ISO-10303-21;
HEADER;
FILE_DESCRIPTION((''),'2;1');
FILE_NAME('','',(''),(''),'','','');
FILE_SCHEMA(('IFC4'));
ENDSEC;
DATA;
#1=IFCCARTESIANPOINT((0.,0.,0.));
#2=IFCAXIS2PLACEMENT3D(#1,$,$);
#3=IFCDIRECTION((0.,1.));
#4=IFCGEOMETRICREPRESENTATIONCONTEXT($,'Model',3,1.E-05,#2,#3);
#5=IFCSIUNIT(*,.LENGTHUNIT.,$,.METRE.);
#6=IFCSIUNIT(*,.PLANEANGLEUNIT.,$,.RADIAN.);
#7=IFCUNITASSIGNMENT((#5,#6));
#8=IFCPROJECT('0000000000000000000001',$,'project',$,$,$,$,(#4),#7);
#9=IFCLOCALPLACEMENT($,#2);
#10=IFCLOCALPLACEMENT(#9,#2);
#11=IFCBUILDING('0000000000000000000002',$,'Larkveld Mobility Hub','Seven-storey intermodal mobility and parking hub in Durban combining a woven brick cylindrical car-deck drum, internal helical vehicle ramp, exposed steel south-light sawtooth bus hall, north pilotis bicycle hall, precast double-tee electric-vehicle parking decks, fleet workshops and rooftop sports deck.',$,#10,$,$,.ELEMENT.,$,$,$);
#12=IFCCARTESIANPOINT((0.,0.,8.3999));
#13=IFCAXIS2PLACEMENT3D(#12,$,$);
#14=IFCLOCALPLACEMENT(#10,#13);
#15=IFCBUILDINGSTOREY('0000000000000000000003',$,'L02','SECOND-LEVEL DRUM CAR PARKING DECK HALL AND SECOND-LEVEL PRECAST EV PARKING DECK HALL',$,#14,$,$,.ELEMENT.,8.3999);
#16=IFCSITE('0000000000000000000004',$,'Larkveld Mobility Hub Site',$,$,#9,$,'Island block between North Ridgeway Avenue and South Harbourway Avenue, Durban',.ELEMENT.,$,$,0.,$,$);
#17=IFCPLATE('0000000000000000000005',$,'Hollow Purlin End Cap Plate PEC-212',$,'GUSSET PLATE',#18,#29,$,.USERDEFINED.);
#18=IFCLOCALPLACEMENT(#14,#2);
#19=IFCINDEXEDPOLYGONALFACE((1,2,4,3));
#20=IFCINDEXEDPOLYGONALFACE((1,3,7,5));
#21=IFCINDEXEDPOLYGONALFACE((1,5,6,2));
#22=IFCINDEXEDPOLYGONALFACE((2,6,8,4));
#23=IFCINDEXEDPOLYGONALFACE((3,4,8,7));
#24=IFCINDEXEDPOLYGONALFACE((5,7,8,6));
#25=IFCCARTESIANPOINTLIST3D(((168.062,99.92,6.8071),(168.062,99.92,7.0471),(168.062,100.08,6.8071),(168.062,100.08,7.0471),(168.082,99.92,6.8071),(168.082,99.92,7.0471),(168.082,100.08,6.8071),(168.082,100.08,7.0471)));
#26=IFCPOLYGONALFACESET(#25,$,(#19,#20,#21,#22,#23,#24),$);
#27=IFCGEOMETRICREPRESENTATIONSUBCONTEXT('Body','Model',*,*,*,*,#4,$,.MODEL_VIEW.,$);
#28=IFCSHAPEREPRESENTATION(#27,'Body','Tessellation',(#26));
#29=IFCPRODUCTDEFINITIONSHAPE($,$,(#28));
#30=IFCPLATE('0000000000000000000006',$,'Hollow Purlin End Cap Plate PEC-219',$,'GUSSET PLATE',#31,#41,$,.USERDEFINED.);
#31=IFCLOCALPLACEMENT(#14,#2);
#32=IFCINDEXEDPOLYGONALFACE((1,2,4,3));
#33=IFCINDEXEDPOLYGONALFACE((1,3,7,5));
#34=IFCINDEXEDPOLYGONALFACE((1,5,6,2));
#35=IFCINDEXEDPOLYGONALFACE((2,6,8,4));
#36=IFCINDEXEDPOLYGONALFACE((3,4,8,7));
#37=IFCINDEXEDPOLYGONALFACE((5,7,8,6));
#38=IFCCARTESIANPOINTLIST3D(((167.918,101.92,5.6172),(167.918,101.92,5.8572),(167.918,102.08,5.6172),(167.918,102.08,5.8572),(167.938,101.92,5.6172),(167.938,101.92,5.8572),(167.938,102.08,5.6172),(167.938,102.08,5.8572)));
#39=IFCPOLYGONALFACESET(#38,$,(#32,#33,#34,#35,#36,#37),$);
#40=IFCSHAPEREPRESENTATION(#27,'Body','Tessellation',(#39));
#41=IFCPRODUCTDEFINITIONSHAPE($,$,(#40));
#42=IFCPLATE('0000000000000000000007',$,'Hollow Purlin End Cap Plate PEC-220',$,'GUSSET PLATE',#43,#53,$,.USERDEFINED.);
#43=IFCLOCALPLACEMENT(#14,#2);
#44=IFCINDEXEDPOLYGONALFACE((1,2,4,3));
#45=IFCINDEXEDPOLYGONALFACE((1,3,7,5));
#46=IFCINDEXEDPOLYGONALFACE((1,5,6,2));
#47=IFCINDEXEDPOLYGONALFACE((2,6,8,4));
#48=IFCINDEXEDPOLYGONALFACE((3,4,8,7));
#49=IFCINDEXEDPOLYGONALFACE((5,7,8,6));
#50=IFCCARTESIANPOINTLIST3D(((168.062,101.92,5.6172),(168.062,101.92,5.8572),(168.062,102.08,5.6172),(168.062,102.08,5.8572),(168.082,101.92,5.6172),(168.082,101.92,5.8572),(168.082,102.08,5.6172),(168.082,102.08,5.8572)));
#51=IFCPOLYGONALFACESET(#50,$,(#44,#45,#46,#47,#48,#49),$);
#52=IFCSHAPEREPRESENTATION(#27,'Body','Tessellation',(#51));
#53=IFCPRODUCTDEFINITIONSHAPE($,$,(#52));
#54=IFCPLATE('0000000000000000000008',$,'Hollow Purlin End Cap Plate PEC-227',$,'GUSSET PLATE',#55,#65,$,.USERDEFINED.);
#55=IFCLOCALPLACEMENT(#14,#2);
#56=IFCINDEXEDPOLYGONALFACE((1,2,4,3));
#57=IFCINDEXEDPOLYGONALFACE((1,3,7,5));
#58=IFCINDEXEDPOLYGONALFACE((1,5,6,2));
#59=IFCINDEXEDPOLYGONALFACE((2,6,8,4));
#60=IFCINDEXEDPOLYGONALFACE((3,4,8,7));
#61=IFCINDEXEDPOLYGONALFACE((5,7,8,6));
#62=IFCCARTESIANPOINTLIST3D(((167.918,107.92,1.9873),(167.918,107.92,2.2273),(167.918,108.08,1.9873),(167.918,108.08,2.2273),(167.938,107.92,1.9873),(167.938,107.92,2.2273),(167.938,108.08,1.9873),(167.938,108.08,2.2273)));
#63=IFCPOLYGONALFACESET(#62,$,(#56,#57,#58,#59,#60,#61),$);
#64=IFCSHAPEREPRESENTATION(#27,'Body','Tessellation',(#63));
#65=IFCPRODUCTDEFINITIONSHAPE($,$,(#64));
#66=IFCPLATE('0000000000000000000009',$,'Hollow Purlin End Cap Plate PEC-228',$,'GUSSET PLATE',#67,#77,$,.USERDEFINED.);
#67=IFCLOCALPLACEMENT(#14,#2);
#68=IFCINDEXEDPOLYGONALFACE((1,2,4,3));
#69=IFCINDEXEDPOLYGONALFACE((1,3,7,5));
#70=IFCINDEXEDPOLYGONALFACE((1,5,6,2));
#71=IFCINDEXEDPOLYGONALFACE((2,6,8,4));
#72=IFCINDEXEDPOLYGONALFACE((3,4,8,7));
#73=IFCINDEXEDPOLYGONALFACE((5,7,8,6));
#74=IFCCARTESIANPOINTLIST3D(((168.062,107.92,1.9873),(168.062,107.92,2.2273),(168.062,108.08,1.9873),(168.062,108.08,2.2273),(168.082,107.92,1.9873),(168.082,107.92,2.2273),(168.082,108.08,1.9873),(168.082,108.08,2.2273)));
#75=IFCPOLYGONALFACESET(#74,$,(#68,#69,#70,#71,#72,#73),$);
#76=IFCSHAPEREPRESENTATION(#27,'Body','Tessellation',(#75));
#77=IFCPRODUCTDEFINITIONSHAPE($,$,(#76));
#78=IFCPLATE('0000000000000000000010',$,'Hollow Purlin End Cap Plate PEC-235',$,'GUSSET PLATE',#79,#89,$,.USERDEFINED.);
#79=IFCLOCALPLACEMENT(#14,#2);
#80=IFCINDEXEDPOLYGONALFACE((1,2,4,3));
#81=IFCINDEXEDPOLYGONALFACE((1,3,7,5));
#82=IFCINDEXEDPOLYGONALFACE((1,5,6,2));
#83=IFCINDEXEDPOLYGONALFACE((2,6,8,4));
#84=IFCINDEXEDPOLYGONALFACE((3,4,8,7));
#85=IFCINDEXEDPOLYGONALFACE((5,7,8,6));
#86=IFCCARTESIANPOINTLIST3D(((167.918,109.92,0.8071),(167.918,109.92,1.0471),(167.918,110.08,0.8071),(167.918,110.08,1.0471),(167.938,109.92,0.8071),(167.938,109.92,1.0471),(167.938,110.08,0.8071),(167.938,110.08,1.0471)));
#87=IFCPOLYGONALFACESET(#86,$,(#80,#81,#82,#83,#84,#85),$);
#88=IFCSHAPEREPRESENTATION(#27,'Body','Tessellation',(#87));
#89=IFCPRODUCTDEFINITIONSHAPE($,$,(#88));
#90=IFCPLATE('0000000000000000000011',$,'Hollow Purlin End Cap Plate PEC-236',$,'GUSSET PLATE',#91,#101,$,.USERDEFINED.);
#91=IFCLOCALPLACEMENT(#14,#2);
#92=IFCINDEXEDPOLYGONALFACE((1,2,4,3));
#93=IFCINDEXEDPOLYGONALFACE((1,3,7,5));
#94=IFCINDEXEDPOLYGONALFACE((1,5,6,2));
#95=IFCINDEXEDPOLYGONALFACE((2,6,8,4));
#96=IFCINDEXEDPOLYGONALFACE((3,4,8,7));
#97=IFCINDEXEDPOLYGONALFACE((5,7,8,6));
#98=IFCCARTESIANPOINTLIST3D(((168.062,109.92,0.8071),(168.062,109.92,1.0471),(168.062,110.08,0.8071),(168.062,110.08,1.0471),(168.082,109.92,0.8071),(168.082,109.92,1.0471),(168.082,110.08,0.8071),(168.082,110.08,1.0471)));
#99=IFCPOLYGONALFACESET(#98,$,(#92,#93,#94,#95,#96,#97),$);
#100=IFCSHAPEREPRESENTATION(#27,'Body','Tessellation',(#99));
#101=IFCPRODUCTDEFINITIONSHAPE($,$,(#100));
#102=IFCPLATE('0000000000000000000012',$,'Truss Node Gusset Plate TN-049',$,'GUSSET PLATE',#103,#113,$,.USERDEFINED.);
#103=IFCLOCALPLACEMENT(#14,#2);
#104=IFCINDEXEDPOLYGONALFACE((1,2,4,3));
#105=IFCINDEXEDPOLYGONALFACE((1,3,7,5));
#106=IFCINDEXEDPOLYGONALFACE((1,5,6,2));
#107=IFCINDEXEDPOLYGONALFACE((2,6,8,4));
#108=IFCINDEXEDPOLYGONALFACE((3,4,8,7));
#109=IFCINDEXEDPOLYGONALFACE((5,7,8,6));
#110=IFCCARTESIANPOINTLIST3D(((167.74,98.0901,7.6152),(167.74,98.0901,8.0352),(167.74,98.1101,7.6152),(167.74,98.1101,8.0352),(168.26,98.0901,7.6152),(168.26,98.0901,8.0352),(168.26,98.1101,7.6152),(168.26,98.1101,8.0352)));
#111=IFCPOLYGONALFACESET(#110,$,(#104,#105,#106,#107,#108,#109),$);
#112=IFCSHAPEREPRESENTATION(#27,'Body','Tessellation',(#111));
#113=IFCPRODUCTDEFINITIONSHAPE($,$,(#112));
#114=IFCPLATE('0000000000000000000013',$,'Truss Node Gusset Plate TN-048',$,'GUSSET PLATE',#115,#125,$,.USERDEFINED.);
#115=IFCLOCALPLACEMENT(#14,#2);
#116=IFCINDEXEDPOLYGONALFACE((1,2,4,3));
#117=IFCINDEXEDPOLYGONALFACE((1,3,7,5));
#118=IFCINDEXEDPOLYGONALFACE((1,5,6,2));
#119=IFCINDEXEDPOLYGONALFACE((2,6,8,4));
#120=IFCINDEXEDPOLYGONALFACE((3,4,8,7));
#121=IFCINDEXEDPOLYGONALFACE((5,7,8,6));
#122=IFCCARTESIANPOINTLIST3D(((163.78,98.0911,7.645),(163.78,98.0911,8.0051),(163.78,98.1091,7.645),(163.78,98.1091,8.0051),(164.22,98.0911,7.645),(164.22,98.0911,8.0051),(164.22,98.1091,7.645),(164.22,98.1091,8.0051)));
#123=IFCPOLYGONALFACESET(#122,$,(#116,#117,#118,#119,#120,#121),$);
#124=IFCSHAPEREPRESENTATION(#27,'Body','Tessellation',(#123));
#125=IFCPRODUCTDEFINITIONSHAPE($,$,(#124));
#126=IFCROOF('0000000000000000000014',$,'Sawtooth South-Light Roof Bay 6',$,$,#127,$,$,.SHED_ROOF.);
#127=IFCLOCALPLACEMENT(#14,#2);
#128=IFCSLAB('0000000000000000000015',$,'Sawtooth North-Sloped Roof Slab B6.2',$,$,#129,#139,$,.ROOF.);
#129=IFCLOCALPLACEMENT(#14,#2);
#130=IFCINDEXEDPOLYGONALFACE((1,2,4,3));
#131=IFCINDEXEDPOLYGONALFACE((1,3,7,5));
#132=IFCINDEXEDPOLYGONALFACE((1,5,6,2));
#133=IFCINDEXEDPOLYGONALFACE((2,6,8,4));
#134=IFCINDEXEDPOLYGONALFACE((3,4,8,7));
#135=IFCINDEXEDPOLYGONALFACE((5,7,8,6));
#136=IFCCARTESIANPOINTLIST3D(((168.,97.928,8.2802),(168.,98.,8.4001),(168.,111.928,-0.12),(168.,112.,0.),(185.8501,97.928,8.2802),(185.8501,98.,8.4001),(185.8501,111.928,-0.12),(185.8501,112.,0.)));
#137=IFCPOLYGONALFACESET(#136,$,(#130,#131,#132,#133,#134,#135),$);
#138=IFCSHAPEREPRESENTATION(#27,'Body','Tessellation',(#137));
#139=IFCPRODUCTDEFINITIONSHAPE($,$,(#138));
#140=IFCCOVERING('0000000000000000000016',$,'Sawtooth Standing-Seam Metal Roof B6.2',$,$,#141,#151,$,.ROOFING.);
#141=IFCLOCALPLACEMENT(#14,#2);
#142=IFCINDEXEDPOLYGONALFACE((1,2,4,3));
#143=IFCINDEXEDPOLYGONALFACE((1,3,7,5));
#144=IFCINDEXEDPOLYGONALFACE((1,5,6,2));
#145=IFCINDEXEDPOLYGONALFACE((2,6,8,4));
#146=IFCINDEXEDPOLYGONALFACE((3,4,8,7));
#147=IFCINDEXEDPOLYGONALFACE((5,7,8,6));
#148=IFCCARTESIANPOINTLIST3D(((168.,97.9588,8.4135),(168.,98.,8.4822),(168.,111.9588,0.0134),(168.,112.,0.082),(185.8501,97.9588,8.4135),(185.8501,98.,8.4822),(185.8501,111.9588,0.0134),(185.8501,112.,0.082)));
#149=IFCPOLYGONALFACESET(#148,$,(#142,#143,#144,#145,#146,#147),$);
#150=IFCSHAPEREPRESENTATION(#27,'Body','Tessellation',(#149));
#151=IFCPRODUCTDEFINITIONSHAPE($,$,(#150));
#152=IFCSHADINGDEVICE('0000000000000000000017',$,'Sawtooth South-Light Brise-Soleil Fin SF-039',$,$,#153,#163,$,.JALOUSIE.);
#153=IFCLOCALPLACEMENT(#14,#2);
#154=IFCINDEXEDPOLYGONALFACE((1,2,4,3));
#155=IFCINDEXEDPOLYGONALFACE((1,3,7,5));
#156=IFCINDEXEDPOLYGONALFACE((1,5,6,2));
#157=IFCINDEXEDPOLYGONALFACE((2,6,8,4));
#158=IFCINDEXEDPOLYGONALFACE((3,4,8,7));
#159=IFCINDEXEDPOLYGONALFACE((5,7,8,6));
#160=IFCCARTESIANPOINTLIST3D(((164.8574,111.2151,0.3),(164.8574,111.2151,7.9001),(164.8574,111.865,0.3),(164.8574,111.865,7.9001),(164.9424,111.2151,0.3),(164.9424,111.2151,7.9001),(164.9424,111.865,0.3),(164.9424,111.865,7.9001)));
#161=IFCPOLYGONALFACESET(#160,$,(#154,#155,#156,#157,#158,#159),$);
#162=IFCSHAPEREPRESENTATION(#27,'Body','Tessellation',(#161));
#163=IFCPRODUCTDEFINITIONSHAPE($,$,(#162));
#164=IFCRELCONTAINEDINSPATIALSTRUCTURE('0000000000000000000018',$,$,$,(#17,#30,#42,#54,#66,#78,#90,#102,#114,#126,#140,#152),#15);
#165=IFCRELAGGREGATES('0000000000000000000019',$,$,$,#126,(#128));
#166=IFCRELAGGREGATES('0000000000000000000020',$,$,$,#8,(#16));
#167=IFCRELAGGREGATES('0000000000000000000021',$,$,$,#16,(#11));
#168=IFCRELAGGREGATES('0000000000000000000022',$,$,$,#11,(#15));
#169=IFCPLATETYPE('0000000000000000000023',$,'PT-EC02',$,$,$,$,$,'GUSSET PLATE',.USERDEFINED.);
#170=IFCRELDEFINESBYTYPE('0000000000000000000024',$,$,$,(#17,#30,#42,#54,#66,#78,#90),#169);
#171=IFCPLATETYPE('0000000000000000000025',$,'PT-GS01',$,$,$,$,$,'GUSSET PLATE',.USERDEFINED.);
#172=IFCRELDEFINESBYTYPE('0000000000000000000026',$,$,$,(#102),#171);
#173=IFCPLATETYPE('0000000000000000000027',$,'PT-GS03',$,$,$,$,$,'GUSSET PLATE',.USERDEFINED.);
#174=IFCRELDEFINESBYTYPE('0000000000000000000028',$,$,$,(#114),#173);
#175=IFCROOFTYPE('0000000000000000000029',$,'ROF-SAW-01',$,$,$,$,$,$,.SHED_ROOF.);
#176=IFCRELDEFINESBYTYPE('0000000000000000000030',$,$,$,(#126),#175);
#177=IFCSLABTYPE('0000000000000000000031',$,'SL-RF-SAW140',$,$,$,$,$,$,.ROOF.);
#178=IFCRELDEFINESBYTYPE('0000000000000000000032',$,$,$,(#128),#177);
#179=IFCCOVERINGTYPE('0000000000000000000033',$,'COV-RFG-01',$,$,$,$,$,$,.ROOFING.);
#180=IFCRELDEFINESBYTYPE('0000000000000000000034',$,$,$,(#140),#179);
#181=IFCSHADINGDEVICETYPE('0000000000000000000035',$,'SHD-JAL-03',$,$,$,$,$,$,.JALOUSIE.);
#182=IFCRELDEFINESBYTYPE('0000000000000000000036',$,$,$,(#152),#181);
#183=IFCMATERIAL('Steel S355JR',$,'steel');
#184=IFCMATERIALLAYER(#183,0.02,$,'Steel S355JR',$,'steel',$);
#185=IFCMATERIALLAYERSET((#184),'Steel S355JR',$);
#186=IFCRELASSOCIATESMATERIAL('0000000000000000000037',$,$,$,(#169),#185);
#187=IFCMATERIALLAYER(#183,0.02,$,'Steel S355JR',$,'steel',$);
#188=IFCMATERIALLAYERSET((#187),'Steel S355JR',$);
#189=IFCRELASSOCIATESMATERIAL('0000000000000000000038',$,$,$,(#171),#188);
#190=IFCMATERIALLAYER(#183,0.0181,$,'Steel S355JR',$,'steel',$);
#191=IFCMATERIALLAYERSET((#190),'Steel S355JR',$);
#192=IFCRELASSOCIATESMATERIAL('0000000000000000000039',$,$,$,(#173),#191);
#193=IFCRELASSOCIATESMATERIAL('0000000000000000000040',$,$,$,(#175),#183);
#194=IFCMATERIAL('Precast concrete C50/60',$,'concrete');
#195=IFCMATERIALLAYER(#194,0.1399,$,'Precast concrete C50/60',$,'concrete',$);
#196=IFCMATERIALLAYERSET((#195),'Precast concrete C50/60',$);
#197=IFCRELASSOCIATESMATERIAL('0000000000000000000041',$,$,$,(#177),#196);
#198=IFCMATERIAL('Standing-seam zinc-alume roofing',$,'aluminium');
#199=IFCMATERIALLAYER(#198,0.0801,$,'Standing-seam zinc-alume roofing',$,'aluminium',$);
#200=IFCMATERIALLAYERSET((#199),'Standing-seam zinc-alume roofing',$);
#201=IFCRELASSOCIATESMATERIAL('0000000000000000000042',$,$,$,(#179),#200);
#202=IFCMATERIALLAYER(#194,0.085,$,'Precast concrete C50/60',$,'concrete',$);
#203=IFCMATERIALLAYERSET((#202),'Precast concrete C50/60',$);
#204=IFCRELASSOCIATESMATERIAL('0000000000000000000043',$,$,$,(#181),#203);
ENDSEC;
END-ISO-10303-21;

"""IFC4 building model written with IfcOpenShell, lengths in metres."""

from ifc_helpers import new_model, si_unit, direction, frame, origin, origin_2d, place, context, subcontext, project, spatial, polyline, rectangle, outline, extrude, material, layer, layer_set, type_object, element, aggregate, save


model = new_model("IFC4")

# Units and contexts
model_context = context("Model", 3, precision=1e-05, world=origin(), true_north=direction((0.0, 1.0)))
body_context = subcontext(model_context, "Body", "Model", "MODEL_VIEW")
ifc_project = project(units=[si_unit("LENGTHUNIT", "METRE"), si_unit("PLANEANGLEUNIT", "RADIAN")], contexts=[model_context])

# Site, building, storey
site_placement = place(None, origin())
site = spatial("IfcSite", under=ifc_project, at=site_placement, Name="Larkveld Mobility Hub Site", LongName="Island block between North Ridgeway Avenue and South Harbourway Avenue, Durban", CompositionType="ELEMENT", RefElevation=0.0)
building_placement = place(site_placement, origin())
building = spatial("IfcBuilding", under=site, at=building_placement, Name="Larkveld Mobility Hub", Description="Seven-storey intermodal mobility and parking hub in Durban combining a woven brick cylindrical car-deck drum, internal helical vehicle ramp, exposed steel south-light sawtooth bus hall, north pilotis bicycle hall, precast double-tee electric-vehicle parking decks, fleet workshops and rooftop sports deck.", CompositionType="ELEMENT")
storey_placement = place(building_placement, frame((0.0, 0.0, 8.3999)))
storey = spatial("IfcBuildingStorey", under=building, at=storey_placement, Name="L02", Description="SECOND-LEVEL DRUM CAR PARKING DECK HALL AND SECOND-LEVEL PRECAST EV PARKING DECK HALL", CompositionType="ELEMENT", Elevation=8.3999)

# Shared definitions
ifc_material_1 = material(Name="Steel S355JR", Category="steel")

# Plates
ifc_layer_1 = layer(ifc_material_1, 0.02, Name="Steel S355JR", Category="steel")
ifc_layer_set_1 = layer_set([ifc_layer_1], Name="Steel S355JR")
plate_type_1 = type_object("IfcPlateType", Name="PT-EC02", ElementType="GUSSET PLATE", PredefinedType="USERDEFINED", material=ifc_layer_set_1)
for number, where, z_axis, x_axis, name in (
    (1, (168.072, 100.0, 6.8071), (0.0, 0.0, 1.0), (1.0, 0.0, 0.0), "Hollow Purlin End Cap Plate PEC-212"),
    (2, (167.928, 102.0, 5.6172), (0.0, 0.0, 1.0), (1.0, 0.0, 0.0), "Hollow Purlin End Cap Plate PEC-219"),
    (3, (168.072, 102.0, 5.6172), (0.0, 0.0, 1.0), (1.0, 0.0, 0.0), "Hollow Purlin End Cap Plate PEC-220"),
    (4, (167.928, 108.0, 1.9873), (0.0, 0.0, 1.0), (1.0, 0.0, 0.0), "Hollow Purlin End Cap Plate PEC-227"),
    (5, (168.072, 108.0, 1.9873), (0.0, 0.0, 1.0), (1.0, 0.0, 0.0), "Hollow Purlin End Cap Plate PEC-228"),
    (6, (167.928, 110.0, 0.8071), (0.0, 0.0, 1.0), (1.0, 0.0, 0.0), "Hollow Purlin End Cap Plate PEC-235"),
    (7, (168.072, 110.0, 0.8071), (0.0, 0.0, 1.0), (1.0, 0.0, 0.0), "Hollow Purlin End Cap Plate PEC-236"),
):
    element("IfcPlate", number, at=place(storey_placement, frame(where, z_axis=z_axis, x_axis=x_axis)), inside=storey, type_object=plate_type_1, Name=name, ObjectType="GUSSET PLATE", PredefinedType="USERDEFINED", context=body_context, shape_type="SweptSolid", body=[
        extrude(rectangle(XDim=0.02, YDim=0.1599, at=origin_2d()), origin(), (0.0, 0.0, 1.0), 0.24),
    ])
ifc_layer_2 = layer(ifc_material_1, 0.02, Name="Steel S355JR", Category="steel")
ifc_layer_set_2 = layer_set([ifc_layer_2], Name="Steel S355JR")
plate_type_2 = type_object("IfcPlateType", Name="PT-GS01", ElementType="GUSSET PLATE", PredefinedType="USERDEFINED", material=ifc_layer_set_2)
plate_1_placement = place(storey_placement, frame((168.0, 98.1001, 7.6152), z_axis=(0.0, 0.0, 1.0), x_axis=(1.0, 0.0, 0.0)))
element("IfcPlate", 8, at=plate_1_placement, inside=storey, type_object=plate_type_2, Name="Truss Node Gusset Plate TN-049", ObjectType="GUSSET PLATE", PredefinedType="USERDEFINED", context=body_context, shape_type="SweptSolid", body=[
    extrude(rectangle(XDim=0.52, YDim=0.02, at=origin_2d()), origin(), (0.0, 0.0, 1.0), 0.4199),
])
ifc_layer_3 = layer(ifc_material_1, 0.0181, Name="Steel S355JR", Category="steel")
ifc_layer_set_3 = layer_set([ifc_layer_3], Name="Steel S355JR")
plate_type_3 = type_object("IfcPlateType", Name="PT-GS03", ElementType="GUSSET PLATE", PredefinedType="USERDEFINED", material=ifc_layer_set_3)
plate_2_placement = place(storey_placement, frame((164.0, 98.1001, 7.645), z_axis=(0.0, 0.0, 1.0), x_axis=(1.0, 0.0, 0.0)))
element("IfcPlate", 9, at=plate_2_placement, inside=storey, type_object=plate_type_3, Name="Truss Node Gusset Plate TN-048", ObjectType="GUSSET PLATE", PredefinedType="USERDEFINED", context=body_context, shape_type="SweptSolid", body=[
    extrude(rectangle(XDim=0.4399, YDim=0.0181, at=origin_2d()), origin(), (0.0, 0.0, 1.0), 0.3601),
])

# Roof, slab
roof_type = type_object("IfcRoofType", Name="ROF-SAW-01", PredefinedType="SHED_ROOF", material=ifc_material_1)
roof_placement = place(storey_placement, origin())
roof = element("IfcRoof", 10, at=roof_placement, inside=storey, type_object=roof_type, Name="Sawtooth South-Light Roof Bay 6", PredefinedType="SHED_ROOF")
ifc_material_2 = material(Name="Precast concrete C50/60", Category="concrete")
ifc_layer_4 = layer(ifc_material_2, 0.1399, Name="Precast concrete C50/60", Category="concrete")
ifc_layer_set_4 = layer_set([ifc_layer_4], Name="Precast concrete C50/60")
slab_type = type_object("IfcSlabType", Name="SL-RF-SAW140", PredefinedType="ROOF", material=ifc_layer_set_4)
slab_placement = place(storey_placement, frame((168.0, 98.0, 8.4001), z_axis=(0.0, 0.514502, 0.857489), x_axis=(1.0, 0.0, 0.0)))
slab = element("IfcSlab", 11, at=slab_placement, type_object=slab_type, Name="Sawtooth North-Sloped Roof Slab B6.2", PredefinedType="ROOF", context=body_context, shape_type="SweptSolid", body=[
    extrude(outline(polyline([(0.0, 0.0), (17.8501, 0.0), (17.8501, 16.3267), (0.0, 16.3267), (0.0, 0.0)])), origin(), (0.0, 0.0, -1.0), 0.1399),
])
aggregate(roof, [slab])

# Covering
ifc_material_3 = material(Name="Standing-seam zinc-alume roofing", Category="aluminium")
ifc_layer_5 = layer(ifc_material_3, 0.0801, Name="Standing-seam zinc-alume roofing", Category="aluminium")
ifc_layer_set_5 = layer_set([ifc_layer_5], Name="Standing-seam zinc-alume roofing")
covering_type = type_object("IfcCoveringType", Name="COV-RFG-01", PredefinedType="ROOFING", material=ifc_layer_set_5)
covering_placement = place(storey_placement, frame((168.0, 98.0, 8.4822), z_axis=(0.0, 0.514502, 0.857489), x_axis=(1.0, 0.0, 0.0)))
element("IfcCovering", 12, at=covering_placement, inside=storey, type_object=covering_type, Name="Sawtooth Standing-Seam Metal Roof B6.2", PredefinedType="ROOFING", context=body_context, shape_type="SweptSolid", body=[
    extrude(outline(polyline([(0.0, 0.0), (17.8501, 0.0), (17.8501, 16.3267), (0.0, 16.3267), (0.0, 0.0)])), origin(), (0.0, 0.0, -1.0), 0.0801),
])

# Shading device
ifc_layer_6 = layer(ifc_material_2, 0.085, Name="Precast concrete C50/60", Category="concrete")
ifc_layer_set_6 = layer_set([ifc_layer_6], Name="Precast concrete C50/60")
shading_device_type = type_object("IfcShadingDeviceType", Name="SHD-JAL-03", PredefinedType="JALOUSIE", material=ifc_layer_set_6)
shading_device_placement = place(storey_placement, frame((164.8999, 111.54, 0.3), z_axis=(0.0, 0.0, 1.0), x_axis=(1.0, 0.0, 0.0)))
element("IfcShadingDevice", 13, at=shading_device_placement, inside=storey, type_object=shading_device_type, Name="Sawtooth South-Light Brise-Soleil Fin SF-039", PredefinedType="JALOUSIE", context=body_context, shape_type="SweptSolid", body=[
    extrude(rectangle(XDim=0.085, YDim=0.6499, at=origin_2d()), origin(), (0.0, 0.0, 1.0), 7.6001),
])

save(model, "model.ifc")
